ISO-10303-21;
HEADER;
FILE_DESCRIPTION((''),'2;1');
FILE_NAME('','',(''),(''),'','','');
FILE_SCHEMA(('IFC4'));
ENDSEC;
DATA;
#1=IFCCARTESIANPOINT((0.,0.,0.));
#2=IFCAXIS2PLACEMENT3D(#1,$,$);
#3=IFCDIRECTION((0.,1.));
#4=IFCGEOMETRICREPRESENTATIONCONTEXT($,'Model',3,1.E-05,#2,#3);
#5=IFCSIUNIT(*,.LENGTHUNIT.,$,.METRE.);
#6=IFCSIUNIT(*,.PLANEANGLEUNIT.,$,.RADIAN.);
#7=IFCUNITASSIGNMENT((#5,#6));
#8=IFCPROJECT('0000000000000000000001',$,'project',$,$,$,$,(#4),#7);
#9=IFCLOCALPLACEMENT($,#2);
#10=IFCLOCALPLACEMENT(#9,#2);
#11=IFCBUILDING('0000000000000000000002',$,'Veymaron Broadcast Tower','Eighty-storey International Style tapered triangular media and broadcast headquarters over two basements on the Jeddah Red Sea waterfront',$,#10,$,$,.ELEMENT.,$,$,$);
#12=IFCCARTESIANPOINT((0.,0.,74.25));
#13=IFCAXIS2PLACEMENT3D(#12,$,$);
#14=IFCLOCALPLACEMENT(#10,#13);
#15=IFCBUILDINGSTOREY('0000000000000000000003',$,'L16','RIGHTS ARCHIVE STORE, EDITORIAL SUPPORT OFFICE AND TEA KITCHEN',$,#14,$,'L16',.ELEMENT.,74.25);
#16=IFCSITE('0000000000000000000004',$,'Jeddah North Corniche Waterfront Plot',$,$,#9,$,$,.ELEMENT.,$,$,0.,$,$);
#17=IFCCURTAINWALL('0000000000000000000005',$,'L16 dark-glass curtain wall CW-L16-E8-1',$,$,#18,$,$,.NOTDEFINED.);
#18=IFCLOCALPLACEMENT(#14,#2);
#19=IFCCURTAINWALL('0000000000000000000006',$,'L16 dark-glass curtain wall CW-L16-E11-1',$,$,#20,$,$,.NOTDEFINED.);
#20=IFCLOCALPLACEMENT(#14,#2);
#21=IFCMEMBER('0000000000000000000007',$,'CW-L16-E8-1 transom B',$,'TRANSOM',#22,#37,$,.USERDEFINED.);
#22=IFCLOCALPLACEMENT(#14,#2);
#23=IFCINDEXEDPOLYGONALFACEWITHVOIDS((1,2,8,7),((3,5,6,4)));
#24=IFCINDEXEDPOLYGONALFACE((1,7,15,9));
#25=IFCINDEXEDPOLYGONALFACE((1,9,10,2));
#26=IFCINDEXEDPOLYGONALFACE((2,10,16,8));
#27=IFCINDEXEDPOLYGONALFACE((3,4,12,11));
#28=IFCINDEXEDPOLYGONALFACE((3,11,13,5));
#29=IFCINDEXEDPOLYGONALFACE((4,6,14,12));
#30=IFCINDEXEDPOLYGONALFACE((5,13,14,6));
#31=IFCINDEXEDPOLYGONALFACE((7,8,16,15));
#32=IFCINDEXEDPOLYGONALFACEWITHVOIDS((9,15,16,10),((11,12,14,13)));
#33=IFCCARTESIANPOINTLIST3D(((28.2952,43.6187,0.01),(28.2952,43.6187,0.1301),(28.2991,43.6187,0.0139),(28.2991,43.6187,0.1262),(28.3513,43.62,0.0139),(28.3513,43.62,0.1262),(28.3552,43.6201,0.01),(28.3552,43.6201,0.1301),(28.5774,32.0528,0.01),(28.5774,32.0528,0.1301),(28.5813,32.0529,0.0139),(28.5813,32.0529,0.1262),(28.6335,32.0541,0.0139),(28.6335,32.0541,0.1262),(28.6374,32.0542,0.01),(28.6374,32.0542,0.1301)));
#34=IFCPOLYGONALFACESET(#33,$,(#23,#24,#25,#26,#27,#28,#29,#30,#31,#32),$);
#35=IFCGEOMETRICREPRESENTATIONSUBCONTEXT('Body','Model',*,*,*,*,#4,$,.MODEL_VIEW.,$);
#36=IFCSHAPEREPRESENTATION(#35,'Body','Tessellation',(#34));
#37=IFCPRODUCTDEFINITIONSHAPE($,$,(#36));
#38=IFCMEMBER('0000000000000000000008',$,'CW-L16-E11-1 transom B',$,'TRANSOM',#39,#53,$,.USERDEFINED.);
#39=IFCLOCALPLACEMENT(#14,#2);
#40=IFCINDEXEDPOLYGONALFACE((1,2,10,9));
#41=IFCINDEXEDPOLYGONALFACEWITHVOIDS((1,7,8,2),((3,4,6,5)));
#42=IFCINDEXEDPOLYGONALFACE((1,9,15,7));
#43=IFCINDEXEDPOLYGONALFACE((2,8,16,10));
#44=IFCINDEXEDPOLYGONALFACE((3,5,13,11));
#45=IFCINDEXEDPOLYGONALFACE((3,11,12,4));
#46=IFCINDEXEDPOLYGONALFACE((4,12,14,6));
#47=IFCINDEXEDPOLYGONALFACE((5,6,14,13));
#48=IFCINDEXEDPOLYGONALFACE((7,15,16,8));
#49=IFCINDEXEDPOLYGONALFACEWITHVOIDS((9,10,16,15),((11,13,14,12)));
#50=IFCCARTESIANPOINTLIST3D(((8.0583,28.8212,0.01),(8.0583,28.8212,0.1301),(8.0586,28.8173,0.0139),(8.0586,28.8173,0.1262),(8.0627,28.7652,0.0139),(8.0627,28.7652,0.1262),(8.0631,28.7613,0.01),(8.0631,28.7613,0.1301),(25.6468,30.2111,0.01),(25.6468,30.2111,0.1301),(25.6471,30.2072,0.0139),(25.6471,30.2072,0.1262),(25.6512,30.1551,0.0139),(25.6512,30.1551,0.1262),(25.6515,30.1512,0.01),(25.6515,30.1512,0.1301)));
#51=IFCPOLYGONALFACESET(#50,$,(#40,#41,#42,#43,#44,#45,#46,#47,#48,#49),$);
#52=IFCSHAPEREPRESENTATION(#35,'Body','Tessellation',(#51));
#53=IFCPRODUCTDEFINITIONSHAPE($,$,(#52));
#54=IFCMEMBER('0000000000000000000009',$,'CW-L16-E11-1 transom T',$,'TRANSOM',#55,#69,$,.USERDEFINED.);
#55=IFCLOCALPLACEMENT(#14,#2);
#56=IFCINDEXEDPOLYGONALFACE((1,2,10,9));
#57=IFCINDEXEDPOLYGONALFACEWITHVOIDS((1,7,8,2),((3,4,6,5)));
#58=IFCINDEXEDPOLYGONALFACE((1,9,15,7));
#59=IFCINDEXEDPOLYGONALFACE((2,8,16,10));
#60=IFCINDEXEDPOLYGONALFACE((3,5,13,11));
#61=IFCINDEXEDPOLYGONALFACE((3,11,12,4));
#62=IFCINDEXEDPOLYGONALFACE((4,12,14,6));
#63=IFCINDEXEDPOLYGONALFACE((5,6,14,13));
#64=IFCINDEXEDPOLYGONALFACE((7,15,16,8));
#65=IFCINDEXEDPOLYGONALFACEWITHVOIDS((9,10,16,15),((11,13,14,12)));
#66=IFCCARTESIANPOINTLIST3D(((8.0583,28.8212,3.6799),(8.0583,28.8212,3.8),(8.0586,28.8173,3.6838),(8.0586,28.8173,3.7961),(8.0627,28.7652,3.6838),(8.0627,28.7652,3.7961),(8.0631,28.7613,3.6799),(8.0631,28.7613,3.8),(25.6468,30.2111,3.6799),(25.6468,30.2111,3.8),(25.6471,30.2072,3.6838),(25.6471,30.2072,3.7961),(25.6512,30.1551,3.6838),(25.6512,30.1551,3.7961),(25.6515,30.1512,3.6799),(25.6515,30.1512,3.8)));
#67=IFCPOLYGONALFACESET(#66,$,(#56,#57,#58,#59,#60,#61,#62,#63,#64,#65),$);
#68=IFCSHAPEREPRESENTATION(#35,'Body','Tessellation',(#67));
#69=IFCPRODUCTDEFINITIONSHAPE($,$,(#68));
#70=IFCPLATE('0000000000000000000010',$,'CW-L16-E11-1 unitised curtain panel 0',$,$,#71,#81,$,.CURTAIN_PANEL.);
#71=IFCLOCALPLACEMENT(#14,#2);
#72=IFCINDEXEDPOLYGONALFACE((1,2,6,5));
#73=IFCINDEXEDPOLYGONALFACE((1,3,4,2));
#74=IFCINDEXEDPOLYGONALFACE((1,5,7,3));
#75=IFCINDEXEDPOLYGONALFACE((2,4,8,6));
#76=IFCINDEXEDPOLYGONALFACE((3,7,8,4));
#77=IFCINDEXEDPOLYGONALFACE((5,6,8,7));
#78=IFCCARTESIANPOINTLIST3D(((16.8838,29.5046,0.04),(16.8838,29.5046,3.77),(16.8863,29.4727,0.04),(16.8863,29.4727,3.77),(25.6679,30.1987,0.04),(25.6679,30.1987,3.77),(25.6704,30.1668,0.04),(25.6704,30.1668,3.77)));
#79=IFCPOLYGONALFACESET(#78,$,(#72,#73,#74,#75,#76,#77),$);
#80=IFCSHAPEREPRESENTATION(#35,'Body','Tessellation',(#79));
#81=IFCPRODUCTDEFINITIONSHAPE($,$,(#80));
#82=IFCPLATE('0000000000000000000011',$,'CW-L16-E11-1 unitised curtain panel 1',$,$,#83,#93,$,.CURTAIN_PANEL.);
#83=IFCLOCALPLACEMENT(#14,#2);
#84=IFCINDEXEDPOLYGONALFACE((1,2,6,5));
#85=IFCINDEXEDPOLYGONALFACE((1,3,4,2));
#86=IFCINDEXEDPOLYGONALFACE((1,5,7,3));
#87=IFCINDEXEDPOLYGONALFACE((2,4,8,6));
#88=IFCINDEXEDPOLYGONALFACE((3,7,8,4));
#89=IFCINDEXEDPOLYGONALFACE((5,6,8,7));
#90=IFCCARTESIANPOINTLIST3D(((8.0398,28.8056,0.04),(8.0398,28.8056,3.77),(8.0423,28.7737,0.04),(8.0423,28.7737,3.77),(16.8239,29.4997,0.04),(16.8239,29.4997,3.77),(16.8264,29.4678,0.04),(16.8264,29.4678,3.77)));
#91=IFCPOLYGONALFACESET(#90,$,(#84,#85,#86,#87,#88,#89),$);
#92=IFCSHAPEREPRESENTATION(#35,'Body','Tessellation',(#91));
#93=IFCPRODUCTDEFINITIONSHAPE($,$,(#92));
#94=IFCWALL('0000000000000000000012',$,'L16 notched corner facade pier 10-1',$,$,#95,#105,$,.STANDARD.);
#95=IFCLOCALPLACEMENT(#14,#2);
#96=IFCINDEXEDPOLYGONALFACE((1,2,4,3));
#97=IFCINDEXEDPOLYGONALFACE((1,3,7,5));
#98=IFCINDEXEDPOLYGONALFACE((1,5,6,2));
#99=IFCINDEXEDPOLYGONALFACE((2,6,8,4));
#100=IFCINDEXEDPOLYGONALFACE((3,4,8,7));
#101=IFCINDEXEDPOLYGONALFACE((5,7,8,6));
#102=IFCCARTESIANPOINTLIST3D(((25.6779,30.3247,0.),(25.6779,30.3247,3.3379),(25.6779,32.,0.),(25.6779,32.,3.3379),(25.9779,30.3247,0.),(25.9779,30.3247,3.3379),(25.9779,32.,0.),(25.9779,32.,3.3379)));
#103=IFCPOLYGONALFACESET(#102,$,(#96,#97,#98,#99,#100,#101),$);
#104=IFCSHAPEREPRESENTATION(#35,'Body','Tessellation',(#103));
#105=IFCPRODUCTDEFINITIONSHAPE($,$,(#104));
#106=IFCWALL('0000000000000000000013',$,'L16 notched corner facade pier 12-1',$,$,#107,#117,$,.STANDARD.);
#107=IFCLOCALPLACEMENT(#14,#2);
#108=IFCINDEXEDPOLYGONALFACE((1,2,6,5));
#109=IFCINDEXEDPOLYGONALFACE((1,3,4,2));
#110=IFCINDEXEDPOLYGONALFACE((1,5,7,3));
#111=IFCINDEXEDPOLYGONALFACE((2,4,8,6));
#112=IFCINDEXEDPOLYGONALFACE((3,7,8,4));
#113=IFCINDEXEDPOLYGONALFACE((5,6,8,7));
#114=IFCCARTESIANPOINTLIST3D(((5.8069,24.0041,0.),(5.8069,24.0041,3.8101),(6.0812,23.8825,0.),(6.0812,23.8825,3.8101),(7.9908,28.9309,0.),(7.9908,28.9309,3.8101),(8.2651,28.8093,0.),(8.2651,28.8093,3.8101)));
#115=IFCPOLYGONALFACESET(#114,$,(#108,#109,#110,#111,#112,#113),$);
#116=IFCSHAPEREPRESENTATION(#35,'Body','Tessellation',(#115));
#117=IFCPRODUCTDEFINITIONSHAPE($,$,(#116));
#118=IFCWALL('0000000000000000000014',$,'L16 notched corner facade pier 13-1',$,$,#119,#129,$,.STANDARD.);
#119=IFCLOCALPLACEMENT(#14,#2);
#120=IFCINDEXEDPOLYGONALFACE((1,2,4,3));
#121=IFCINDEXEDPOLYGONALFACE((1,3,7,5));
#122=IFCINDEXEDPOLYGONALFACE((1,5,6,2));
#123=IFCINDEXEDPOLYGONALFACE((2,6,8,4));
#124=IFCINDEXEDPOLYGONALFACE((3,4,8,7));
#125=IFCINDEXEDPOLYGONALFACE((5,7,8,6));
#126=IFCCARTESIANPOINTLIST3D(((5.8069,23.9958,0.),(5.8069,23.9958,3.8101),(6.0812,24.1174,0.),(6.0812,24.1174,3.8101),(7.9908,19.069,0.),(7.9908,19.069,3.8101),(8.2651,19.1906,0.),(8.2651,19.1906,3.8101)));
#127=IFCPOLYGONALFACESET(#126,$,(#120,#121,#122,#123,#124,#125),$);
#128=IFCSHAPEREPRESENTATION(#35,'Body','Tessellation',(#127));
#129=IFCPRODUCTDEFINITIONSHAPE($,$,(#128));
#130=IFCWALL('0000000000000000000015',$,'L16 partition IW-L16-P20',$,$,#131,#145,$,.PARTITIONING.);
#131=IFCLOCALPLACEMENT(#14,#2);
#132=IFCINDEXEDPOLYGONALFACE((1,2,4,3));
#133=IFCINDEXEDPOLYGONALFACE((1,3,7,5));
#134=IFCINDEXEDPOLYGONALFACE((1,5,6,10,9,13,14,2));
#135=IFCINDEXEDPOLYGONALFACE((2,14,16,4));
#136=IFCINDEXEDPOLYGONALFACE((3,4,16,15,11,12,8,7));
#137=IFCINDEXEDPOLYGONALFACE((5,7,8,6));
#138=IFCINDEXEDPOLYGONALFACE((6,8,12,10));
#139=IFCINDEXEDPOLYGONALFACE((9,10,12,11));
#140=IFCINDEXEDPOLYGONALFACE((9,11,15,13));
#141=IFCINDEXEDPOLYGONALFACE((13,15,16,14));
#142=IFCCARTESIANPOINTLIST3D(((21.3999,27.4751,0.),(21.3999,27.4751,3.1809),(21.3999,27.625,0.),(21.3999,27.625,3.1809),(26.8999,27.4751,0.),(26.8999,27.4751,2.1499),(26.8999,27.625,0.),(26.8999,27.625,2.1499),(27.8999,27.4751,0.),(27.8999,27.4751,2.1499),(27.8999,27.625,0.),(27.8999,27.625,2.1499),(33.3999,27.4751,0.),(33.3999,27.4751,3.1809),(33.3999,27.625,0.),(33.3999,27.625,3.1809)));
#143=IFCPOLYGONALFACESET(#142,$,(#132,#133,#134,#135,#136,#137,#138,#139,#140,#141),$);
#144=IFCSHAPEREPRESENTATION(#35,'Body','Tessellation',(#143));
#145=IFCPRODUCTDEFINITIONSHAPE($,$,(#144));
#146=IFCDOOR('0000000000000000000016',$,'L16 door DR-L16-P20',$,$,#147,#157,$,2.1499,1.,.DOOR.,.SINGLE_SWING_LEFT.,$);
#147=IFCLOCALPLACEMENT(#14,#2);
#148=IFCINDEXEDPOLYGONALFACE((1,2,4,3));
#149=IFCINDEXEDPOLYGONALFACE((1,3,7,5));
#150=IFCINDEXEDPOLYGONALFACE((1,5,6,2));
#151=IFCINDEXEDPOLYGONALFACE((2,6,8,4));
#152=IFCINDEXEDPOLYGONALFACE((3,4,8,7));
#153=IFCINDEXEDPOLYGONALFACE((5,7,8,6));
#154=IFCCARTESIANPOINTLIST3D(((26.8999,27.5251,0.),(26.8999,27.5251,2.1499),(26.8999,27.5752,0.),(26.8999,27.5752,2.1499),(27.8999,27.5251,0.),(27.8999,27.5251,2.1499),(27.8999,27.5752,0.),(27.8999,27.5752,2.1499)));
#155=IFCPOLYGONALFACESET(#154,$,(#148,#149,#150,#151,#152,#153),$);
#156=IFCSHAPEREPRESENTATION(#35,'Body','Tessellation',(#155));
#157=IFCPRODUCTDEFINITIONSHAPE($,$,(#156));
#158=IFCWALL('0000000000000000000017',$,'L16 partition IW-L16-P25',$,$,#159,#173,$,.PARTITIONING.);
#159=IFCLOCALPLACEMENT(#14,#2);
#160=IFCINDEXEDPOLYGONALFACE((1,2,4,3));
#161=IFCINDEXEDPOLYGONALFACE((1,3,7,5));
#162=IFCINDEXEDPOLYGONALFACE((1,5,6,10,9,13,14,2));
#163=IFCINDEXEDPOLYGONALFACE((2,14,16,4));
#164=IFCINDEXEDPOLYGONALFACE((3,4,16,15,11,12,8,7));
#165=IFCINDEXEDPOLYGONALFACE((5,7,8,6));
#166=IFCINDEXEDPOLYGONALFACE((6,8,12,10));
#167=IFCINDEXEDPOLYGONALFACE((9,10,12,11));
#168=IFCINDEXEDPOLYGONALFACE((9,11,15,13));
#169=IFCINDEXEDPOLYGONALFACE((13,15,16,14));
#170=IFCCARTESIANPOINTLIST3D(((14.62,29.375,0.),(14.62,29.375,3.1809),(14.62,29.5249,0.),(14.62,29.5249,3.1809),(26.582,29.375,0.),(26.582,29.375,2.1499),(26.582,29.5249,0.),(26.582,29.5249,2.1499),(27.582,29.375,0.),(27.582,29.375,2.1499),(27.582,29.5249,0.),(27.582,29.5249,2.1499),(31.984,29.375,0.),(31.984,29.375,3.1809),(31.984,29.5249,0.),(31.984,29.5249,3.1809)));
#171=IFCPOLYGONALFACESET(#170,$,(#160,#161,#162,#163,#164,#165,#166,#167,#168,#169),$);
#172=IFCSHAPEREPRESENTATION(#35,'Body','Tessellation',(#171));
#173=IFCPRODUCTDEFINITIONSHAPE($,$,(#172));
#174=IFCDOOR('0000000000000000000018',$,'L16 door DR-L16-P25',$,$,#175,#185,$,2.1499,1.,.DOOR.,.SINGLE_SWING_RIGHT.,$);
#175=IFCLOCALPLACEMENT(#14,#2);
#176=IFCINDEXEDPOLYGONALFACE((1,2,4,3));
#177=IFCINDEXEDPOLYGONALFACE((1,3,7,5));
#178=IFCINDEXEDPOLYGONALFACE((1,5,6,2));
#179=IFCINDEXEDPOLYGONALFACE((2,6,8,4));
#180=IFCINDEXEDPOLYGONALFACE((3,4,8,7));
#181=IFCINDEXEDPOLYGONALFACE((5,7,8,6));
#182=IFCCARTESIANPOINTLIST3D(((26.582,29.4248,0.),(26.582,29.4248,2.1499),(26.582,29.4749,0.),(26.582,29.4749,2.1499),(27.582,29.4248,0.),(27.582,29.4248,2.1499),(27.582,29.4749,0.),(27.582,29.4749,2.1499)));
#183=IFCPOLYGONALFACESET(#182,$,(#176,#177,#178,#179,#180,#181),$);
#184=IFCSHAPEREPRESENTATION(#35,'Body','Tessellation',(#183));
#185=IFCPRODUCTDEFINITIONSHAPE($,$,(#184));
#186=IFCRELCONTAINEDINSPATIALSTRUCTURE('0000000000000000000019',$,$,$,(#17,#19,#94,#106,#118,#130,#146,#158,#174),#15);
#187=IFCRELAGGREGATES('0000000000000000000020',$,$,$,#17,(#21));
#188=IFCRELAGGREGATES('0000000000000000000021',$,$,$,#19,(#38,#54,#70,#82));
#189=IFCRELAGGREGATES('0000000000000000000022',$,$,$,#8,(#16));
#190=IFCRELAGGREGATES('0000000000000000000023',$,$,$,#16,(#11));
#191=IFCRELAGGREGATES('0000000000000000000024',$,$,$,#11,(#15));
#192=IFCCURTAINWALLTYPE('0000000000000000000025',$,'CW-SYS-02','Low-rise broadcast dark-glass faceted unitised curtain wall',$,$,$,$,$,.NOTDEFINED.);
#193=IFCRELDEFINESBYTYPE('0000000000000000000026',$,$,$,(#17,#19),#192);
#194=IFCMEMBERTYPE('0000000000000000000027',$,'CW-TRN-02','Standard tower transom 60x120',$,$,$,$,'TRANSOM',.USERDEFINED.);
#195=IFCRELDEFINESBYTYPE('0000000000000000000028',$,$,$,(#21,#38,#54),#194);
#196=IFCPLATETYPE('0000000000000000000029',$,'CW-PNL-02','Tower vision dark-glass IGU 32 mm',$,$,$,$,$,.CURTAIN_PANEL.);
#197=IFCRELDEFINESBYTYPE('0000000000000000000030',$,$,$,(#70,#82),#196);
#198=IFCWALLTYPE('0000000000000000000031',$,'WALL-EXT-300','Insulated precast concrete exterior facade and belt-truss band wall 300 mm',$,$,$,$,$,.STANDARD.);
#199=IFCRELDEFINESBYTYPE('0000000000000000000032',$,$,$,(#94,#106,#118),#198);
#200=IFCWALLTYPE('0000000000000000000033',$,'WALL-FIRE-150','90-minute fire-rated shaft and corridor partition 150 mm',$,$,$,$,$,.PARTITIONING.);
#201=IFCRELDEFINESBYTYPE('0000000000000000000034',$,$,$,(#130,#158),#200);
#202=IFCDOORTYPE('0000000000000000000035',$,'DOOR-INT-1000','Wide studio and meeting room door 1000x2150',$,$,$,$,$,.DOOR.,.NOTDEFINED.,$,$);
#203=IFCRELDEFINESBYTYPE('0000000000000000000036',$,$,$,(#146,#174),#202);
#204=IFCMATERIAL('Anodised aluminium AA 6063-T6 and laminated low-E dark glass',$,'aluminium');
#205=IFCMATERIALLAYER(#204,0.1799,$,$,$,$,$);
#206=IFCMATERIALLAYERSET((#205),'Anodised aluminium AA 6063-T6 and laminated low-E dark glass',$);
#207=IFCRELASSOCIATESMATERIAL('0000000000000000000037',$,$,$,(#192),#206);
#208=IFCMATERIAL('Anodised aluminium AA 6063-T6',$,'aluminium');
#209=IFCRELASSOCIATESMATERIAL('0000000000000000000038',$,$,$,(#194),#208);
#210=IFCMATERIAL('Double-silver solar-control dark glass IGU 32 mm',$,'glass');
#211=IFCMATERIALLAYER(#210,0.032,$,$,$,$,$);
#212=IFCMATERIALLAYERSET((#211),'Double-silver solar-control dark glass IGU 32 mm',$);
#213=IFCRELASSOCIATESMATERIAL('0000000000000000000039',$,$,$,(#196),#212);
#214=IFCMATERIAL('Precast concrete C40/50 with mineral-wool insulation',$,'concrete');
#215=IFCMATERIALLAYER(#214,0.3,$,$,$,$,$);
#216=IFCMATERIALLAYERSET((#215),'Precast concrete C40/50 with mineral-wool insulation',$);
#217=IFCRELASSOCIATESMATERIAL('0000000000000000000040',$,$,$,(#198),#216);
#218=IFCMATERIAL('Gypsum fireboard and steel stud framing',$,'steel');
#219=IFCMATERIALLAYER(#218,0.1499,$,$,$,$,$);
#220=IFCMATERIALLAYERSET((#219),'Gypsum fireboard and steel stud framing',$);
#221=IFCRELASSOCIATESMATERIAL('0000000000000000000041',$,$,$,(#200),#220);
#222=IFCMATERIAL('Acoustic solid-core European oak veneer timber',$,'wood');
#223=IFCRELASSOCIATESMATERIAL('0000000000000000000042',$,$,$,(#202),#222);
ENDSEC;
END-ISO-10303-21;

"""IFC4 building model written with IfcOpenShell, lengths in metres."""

from ifc_helpers import new_model, si_unit, direction, frame, frame_2d, origin, origin_2d, place, context, subcontext, project, spatial, rectangle, hollow_rectangle, extrude, material, layer, layer_set, material_profile, profile_set, type_object, element, fill, aggregate, save


model = new_model("IFC4")

# Units and contexts
model_context = context("Model", 3, precision=1e-05, world=origin(), true_north=direction((0.0, 1.0)))
body_context = subcontext(model_context, "Body", "Model", "MODEL_VIEW")
ifc_project = project(units=[si_unit("LENGTHUNIT", "METRE"), si_unit("PLANEANGLEUNIT", "RADIAN")], contexts=[model_context])

# Site, building, storey
site_placement = place(None, origin())
site = spatial("IfcSite", under=ifc_project, at=site_placement, Name="Jeddah North Corniche Waterfront Plot", CompositionType="ELEMENT", RefElevation=0.0)
building_placement = place(site_placement, origin())
building = spatial("IfcBuilding", under=site, at=building_placement, Name="Veymaron Broadcast Tower", Description="Eighty-storey International Style tapered triangular media and broadcast headquarters over two basements on the Jeddah Red Sea waterfront", CompositionType="ELEMENT")
storey_placement = place(building_placement, frame((0.0, 0.0, 74.25)))
storey = spatial("IfcBuildingStorey", under=building, at=storey_placement, Name="L16", Description="RIGHTS ARCHIVE STORE, EDITORIAL SUPPORT OFFICE AND TEA KITCHEN", LongName="L16", CompositionType="ELEMENT", Elevation=74.25)

# Curtain wall
ifc_material_1 = material(Name="Anodised aluminium AA 6063-T6 and laminated low-E dark glass", Category="aluminium")
ifc_layer_1 = layer(ifc_material_1, 0.1799)
ifc_layer_set_1 = layer_set([ifc_layer_1], Name="Anodised aluminium AA 6063-T6 and laminated low-E dark glass")
curtain_wall_type = type_object("IfcCurtainWallType", Name="CW-SYS-02", Description="Low-rise broadcast dark-glass faceted unitised curtain wall", PredefinedType="NOTDEFINED", material=ifc_layer_set_1)
curtain_wall_1_placement = place(storey_placement, origin())
curtain_wall_1 = element("IfcCurtainWall", 1, at=curtain_wall_1_placement, inside=storey, type_object=curtain_wall_type, Name="L16 dark-glass curtain wall CW-L16-E8-1", PredefinedType="NOTDEFINED")
ifc_material_2 = material(Name="Anodised aluminium AA 6063-T6", Category="aluminium")

# Curtain wall
curtain_wall_2_placement = place(storey_placement, origin())
curtain_wall_2 = element("IfcCurtainWall", 2, at=curtain_wall_2_placement, inside=storey, type_object=curtain_wall_type, Name="L16 dark-glass curtain wall CW-L16-E11-1", PredefinedType="NOTDEFINED")

# Members
ifc_material_profile_1 = material_profile(ifc_material_2, hollow_rectangle(XDim=0.0601, YDim=0.1201, WallThickness=0.0039, at=origin_2d()), Name="AL120X60X4")
ifc_profile_set_1 = profile_set([ifc_material_profile_1], Name="Anodised aluminium AA 6063-T6")
member_type_1 = type_object("IfcMemberType", Name="CW-TRN-02", Description="Standard tower transom 60x120", ElementType="TRANSOM", PredefinedType="USERDEFINED", material=ifc_profile_set_1)
member_1_placement = place(storey_placement, frame((28.3252, 43.6194, 0.0701), z_axis=(0.024394, -0.999702, 0.0), x_axis=(0.999702, 0.024394, 0.0)))
member_1 = element("IfcMember", 3, at=member_1_placement, type_object=member_type_1, Name="CW-L16-E8-1 transom B", ObjectType="TRANSOM", PredefinedType="USERDEFINED", context=body_context, shape_type="SweptSolid", body=[
    extrude(hollow_rectangle(XDim=0.0601, YDim=0.1201, WallThickness=0.0039, at=origin_2d()), origin(), (0.0, 0.0, 1.0), 11.5693),
])
aggregate(curtain_wall_1, [member_1])
member_2_placement = place(storey_placement, frame((25.6492, 30.1812, 0.0701), z_axis=(-0.996892, -0.078778, 0.0), x_axis=(0.078778, -0.996892, 0.0)))
member_2 = element("IfcMember", 4, at=member_2_placement, type_object=member_type_1, Name="CW-L16-E11-1 transom B", ObjectType="TRANSOM", PredefinedType="USERDEFINED", context=body_context, shape_type="SweptSolid", body=[
    extrude(hollow_rectangle(XDim=0.0601, YDim=0.1201, WallThickness=0.0039, at=origin_2d()), origin(), (0.0, 0.0, 1.0), 17.6433),
])
member_3_placement = place(storey_placement, frame((25.6492, 30.1812, 3.74), z_axis=(-0.996892, -0.078778, 0.0), x_axis=(0.078778, -0.996892, 0.0)))
member_3 = element("IfcMember", 5, at=member_3_placement, type_object=member_type_1, Name="CW-L16-E11-1 transom T", ObjectType="TRANSOM", PredefinedType="USERDEFINED", context=body_context, shape_type="SweptSolid", body=[
    extrude(hollow_rectangle(XDim=0.0601, YDim=0.1201, WallThickness=0.0039, at=origin_2d()), origin(), (0.0, 0.0, 1.0), 17.6433),
])

# Plates
ifc_material_3 = material(Name="Double-silver solar-control dark glass IGU 32 mm", Category="glass")
ifc_layer_2 = layer(ifc_material_3, 0.032)
ifc_layer_set_2 = layer_set([ifc_layer_2], Name="Double-silver solar-control dark glass IGU 32 mm")
plate_type = type_object("IfcPlateType", Name="CW-PNL-02", Description="Tower vision dark-glass IGU 32 mm", PredefinedType="CURTAIN_PANEL", material=ifc_layer_set_2)
plate_1_placement = place(storey_placement, frame((21.2771, 29.8357, 0.04), z_axis=(0.0, 0.0, 1.0), x_axis=(-0.996893, -0.078772, 0.0)))
plate_1 = element("IfcPlate", 6, at=plate_1_placement, type_object=plate_type, Name="CW-L16-E11-1 unitised curtain panel 0", PredefinedType="CURTAIN_PANEL", context=body_context, shape_type="SweptSolid", body=[
    extrude(rectangle(XDim=8.8115, YDim=0.032, at=origin_2d()), origin(), (0.0, 0.0, 1.0), 3.73),
])
plate_2_placement = place(storey_placement, frame((12.4331, 29.1367, 0.04), z_axis=(0.0, 0.0, 1.0), x_axis=(-0.996893, -0.078772, 0.0)))
plate_2 = element("IfcPlate", 7, at=plate_2_placement, type_object=plate_type, Name="CW-L16-E11-1 unitised curtain panel 1", PredefinedType="CURTAIN_PANEL", context=body_context, shape_type="SweptSolid", body=[
    extrude(rectangle(XDim=8.8115, YDim=0.032, at=origin_2d()), origin(), (0.0, 0.0, 1.0), 3.73),
])
aggregate(curtain_wall_2, [member_2, member_3, plate_1, plate_2])

# Walls
ifc_material_4 = material(Name="Precast concrete C40/50 with mineral-wool insulation", Category="concrete")
ifc_layer_3 = layer(ifc_material_4, 0.3)
ifc_layer_set_3 = layer_set([ifc_layer_3], Name="Precast concrete C40/50 with mineral-wool insulation")
wall_type_1 = type_object("IfcWallType", Name="WALL-EXT-300", Description="Insulated precast concrete exterior facade and belt-truss band wall 300 mm", PredefinedType="STANDARD", material=ifc_layer_set_3)
wall_1_placement = place(storey_placement, frame((25.8279, 32.0, 0.0), z_axis=(0.0, 0.0, 1.0), x_axis=(0.0, -1.0, 0.0)))
element("IfcWall", 8, at=wall_1_placement, inside=storey, type_object=wall_type_1, Name="L16 notched corner facade pier 10-1", PredefinedType="STANDARD", context=body_context, shape_type="SweptSolid", body=[
    extrude(rectangle(XDim=1.6753, YDim=0.3, at=frame_2d((0.8376, 0.0))), origin(), (0.0, 0.0, 1.0), 3.3379),
])
for number, where, z_axis, x_axis, name in (
    (9, (8.1279, 28.8701, 0.0), (0.0, 0.0, 1.0), (-0.405235, -0.914213, 0.0), "L16 notched corner facade pier 12-1"),
    (10, (5.9441, 24.0566, 0.0), (0.0, 0.0, 1.0), (0.405235, -0.914213, 0.0), "L16 notched corner facade pier 13-1"),
):
    element("IfcWall", number, at=place(storey_placement, frame(where, z_axis=z_axis, x_axis=x_axis)), inside=storey, type_object=wall_type_1, Name=name, PredefinedType="STANDARD", context=body_context, shape_type="SweptSolid", body=[
        extrude(rectangle(XDim=5.3892, YDim=0.3, at=frame_2d((2.6946, 0.0))), origin(), (0.0, 0.0, 1.0), 3.8101),
    ])

# Walls, openings, doors
ifc_material_5 = material(Name="Gypsum fireboard and steel stud framing", Category="steel")
ifc_layer_4 = layer(ifc_material_5, 0.1499)
ifc_layer_set_4 = layer_set([ifc_layer_4], Name="Gypsum fireboard and steel stud framing")
wall_type_2 = type_object("IfcWallType", Name="WALL-FIRE-150", Description="90-minute fire-rated shaft and corridor partition 150 mm", PredefinedType="PARTITIONING", material=ifc_layer_set_4)
ifc_material_6 = material(Name="Acoustic solid-core European oak veneer timber", Category="wood")
door_type_1 = type_object("IfcDoorType", Name="DOOR-INT-1000", Description="Wide studio and meeting room door 1000x2150", OperationType="NOTDEFINED", PredefinedType="DOOR", material=ifc_material_6)
wall_2_placement = place(storey_placement, frame((21.3999, 27.55, 0.0), z_axis=(0.0, 0.0, 1.0), x_axis=(1.0, 0.0, 0.0)))
wall_2 = element("IfcWall", 11, at=wall_2_placement, inside=storey, type_object=wall_type_2, Name="L16 partition IW-L16-P20", PredefinedType="PARTITIONING", context=body_context, shape_type="SweptSolid", body=[
    extrude(rectangle(XDim=12.0, YDim=0.1499, at=frame_2d((6.0, 0.0))), origin(), (0.0, 0.0, 1.0), 3.1809),
])
opening_1_placement = place(wall_2_placement, frame((5.5, 0.0, 0.0)))
opening_1 = element("IfcOpeningElement", 12, at=opening_1_placement, cuts=wall_2, PredefinedType="OPENING", context=body_context, shape_type="SweptSolid", body=[
    extrude(rectangle(XDim=1.0, YDim=2.1499, at=frame_2d((0.5, 1.075))), frame((0.0, 0.085, 0.0), z_axis=(0.0, -1.0, 0.0), x_axis=(1.0, 0.0, 0.0)), (0.0, 0.0, 1.0), 0.1699),
])
door_1_placement = place(opening_1_placement, frame((1.0, 0.0, 0.0), z_axis=(0.0, 0.0, 1.0), x_axis=(-1.0, 0.0, 0.0)))
door_1 = element("IfcDoor", 13, at=door_1_placement, inside=storey, type_object=door_type_1, Name="L16 door DR-L16-P20", OperationType="SINGLE_SWING_LEFT", OverallHeight=2.1499, OverallWidth=1.0, PredefinedType="DOOR", context=body_context, shape_type="SweptSolid", body=[
    extrude(rectangle(XDim=1.0, YDim=2.1499, at=frame_2d((0.5, 1.075))), frame((0.0, 0.0249, 0.0), z_axis=(0.0, -1.0, 0.0), x_axis=(1.0, 0.0, 0.0)), (0.0, 0.0, 1.0), 0.05),
])
fill(opening_1, door_1)
wall_3_placement = place(storey_placement, frame((14.6199, 29.45, 0.0), z_axis=(0.0, 0.0, 1.0), x_axis=(1.0, 0.0, 0.0)))
wall_3 = element("IfcWall", 14, at=wall_3_placement, inside=storey, type_object=wall_type_2, Name="L16 partition IW-L16-P25", PredefinedType="PARTITIONING", context=body_context, shape_type="SweptSolid", body=[
    extrude(rectangle(XDim=17.364, YDim=0.1499, at=frame_2d((8.6821, 0.0))), origin(), (0.0, 0.0, 1.0), 3.1809),
])
opening_2_placement = place(wall_3_placement, frame((11.9622, 0.0, 0.0)))
opening_2 = element("IfcOpeningElement", 15, at=opening_2_placement, cuts=wall_3, PredefinedType="OPENING", context=body_context, shape_type="SweptSolid", body=[
    extrude(rectangle(XDim=1.0, YDim=2.1499, at=frame_2d((0.5, 1.075))), frame((0.0, 0.085, 0.0), z_axis=(0.0, -1.0, 0.0), x_axis=(1.0, 0.0, 0.0)), (0.0, 0.0, 1.0), 0.1699),
])
door_2_placement = place(opening_2_placement, origin())
door_2 = element("IfcDoor", 16, at=door_2_placement, inside=storey, type_object=door_type_1, Name="L16 door DR-L16-P25", OperationType="SINGLE_SWING_RIGHT", OverallHeight=2.1499, OverallWidth=1.0, PredefinedType="DOOR", context=body_context, shape_type="SweptSolid", body=[
    extrude(rectangle(XDim=1.0, YDim=2.1499, at=frame_2d((0.5, 1.075))), frame((0.0, 0.0249, 0.0), z_axis=(0.0, -1.0, 0.0), x_axis=(1.0, 0.0, 0.0)), (0.0, 0.0, 1.0), 0.05),
])
fill(opening_2, door_2)

save(model, "model.ifc")
